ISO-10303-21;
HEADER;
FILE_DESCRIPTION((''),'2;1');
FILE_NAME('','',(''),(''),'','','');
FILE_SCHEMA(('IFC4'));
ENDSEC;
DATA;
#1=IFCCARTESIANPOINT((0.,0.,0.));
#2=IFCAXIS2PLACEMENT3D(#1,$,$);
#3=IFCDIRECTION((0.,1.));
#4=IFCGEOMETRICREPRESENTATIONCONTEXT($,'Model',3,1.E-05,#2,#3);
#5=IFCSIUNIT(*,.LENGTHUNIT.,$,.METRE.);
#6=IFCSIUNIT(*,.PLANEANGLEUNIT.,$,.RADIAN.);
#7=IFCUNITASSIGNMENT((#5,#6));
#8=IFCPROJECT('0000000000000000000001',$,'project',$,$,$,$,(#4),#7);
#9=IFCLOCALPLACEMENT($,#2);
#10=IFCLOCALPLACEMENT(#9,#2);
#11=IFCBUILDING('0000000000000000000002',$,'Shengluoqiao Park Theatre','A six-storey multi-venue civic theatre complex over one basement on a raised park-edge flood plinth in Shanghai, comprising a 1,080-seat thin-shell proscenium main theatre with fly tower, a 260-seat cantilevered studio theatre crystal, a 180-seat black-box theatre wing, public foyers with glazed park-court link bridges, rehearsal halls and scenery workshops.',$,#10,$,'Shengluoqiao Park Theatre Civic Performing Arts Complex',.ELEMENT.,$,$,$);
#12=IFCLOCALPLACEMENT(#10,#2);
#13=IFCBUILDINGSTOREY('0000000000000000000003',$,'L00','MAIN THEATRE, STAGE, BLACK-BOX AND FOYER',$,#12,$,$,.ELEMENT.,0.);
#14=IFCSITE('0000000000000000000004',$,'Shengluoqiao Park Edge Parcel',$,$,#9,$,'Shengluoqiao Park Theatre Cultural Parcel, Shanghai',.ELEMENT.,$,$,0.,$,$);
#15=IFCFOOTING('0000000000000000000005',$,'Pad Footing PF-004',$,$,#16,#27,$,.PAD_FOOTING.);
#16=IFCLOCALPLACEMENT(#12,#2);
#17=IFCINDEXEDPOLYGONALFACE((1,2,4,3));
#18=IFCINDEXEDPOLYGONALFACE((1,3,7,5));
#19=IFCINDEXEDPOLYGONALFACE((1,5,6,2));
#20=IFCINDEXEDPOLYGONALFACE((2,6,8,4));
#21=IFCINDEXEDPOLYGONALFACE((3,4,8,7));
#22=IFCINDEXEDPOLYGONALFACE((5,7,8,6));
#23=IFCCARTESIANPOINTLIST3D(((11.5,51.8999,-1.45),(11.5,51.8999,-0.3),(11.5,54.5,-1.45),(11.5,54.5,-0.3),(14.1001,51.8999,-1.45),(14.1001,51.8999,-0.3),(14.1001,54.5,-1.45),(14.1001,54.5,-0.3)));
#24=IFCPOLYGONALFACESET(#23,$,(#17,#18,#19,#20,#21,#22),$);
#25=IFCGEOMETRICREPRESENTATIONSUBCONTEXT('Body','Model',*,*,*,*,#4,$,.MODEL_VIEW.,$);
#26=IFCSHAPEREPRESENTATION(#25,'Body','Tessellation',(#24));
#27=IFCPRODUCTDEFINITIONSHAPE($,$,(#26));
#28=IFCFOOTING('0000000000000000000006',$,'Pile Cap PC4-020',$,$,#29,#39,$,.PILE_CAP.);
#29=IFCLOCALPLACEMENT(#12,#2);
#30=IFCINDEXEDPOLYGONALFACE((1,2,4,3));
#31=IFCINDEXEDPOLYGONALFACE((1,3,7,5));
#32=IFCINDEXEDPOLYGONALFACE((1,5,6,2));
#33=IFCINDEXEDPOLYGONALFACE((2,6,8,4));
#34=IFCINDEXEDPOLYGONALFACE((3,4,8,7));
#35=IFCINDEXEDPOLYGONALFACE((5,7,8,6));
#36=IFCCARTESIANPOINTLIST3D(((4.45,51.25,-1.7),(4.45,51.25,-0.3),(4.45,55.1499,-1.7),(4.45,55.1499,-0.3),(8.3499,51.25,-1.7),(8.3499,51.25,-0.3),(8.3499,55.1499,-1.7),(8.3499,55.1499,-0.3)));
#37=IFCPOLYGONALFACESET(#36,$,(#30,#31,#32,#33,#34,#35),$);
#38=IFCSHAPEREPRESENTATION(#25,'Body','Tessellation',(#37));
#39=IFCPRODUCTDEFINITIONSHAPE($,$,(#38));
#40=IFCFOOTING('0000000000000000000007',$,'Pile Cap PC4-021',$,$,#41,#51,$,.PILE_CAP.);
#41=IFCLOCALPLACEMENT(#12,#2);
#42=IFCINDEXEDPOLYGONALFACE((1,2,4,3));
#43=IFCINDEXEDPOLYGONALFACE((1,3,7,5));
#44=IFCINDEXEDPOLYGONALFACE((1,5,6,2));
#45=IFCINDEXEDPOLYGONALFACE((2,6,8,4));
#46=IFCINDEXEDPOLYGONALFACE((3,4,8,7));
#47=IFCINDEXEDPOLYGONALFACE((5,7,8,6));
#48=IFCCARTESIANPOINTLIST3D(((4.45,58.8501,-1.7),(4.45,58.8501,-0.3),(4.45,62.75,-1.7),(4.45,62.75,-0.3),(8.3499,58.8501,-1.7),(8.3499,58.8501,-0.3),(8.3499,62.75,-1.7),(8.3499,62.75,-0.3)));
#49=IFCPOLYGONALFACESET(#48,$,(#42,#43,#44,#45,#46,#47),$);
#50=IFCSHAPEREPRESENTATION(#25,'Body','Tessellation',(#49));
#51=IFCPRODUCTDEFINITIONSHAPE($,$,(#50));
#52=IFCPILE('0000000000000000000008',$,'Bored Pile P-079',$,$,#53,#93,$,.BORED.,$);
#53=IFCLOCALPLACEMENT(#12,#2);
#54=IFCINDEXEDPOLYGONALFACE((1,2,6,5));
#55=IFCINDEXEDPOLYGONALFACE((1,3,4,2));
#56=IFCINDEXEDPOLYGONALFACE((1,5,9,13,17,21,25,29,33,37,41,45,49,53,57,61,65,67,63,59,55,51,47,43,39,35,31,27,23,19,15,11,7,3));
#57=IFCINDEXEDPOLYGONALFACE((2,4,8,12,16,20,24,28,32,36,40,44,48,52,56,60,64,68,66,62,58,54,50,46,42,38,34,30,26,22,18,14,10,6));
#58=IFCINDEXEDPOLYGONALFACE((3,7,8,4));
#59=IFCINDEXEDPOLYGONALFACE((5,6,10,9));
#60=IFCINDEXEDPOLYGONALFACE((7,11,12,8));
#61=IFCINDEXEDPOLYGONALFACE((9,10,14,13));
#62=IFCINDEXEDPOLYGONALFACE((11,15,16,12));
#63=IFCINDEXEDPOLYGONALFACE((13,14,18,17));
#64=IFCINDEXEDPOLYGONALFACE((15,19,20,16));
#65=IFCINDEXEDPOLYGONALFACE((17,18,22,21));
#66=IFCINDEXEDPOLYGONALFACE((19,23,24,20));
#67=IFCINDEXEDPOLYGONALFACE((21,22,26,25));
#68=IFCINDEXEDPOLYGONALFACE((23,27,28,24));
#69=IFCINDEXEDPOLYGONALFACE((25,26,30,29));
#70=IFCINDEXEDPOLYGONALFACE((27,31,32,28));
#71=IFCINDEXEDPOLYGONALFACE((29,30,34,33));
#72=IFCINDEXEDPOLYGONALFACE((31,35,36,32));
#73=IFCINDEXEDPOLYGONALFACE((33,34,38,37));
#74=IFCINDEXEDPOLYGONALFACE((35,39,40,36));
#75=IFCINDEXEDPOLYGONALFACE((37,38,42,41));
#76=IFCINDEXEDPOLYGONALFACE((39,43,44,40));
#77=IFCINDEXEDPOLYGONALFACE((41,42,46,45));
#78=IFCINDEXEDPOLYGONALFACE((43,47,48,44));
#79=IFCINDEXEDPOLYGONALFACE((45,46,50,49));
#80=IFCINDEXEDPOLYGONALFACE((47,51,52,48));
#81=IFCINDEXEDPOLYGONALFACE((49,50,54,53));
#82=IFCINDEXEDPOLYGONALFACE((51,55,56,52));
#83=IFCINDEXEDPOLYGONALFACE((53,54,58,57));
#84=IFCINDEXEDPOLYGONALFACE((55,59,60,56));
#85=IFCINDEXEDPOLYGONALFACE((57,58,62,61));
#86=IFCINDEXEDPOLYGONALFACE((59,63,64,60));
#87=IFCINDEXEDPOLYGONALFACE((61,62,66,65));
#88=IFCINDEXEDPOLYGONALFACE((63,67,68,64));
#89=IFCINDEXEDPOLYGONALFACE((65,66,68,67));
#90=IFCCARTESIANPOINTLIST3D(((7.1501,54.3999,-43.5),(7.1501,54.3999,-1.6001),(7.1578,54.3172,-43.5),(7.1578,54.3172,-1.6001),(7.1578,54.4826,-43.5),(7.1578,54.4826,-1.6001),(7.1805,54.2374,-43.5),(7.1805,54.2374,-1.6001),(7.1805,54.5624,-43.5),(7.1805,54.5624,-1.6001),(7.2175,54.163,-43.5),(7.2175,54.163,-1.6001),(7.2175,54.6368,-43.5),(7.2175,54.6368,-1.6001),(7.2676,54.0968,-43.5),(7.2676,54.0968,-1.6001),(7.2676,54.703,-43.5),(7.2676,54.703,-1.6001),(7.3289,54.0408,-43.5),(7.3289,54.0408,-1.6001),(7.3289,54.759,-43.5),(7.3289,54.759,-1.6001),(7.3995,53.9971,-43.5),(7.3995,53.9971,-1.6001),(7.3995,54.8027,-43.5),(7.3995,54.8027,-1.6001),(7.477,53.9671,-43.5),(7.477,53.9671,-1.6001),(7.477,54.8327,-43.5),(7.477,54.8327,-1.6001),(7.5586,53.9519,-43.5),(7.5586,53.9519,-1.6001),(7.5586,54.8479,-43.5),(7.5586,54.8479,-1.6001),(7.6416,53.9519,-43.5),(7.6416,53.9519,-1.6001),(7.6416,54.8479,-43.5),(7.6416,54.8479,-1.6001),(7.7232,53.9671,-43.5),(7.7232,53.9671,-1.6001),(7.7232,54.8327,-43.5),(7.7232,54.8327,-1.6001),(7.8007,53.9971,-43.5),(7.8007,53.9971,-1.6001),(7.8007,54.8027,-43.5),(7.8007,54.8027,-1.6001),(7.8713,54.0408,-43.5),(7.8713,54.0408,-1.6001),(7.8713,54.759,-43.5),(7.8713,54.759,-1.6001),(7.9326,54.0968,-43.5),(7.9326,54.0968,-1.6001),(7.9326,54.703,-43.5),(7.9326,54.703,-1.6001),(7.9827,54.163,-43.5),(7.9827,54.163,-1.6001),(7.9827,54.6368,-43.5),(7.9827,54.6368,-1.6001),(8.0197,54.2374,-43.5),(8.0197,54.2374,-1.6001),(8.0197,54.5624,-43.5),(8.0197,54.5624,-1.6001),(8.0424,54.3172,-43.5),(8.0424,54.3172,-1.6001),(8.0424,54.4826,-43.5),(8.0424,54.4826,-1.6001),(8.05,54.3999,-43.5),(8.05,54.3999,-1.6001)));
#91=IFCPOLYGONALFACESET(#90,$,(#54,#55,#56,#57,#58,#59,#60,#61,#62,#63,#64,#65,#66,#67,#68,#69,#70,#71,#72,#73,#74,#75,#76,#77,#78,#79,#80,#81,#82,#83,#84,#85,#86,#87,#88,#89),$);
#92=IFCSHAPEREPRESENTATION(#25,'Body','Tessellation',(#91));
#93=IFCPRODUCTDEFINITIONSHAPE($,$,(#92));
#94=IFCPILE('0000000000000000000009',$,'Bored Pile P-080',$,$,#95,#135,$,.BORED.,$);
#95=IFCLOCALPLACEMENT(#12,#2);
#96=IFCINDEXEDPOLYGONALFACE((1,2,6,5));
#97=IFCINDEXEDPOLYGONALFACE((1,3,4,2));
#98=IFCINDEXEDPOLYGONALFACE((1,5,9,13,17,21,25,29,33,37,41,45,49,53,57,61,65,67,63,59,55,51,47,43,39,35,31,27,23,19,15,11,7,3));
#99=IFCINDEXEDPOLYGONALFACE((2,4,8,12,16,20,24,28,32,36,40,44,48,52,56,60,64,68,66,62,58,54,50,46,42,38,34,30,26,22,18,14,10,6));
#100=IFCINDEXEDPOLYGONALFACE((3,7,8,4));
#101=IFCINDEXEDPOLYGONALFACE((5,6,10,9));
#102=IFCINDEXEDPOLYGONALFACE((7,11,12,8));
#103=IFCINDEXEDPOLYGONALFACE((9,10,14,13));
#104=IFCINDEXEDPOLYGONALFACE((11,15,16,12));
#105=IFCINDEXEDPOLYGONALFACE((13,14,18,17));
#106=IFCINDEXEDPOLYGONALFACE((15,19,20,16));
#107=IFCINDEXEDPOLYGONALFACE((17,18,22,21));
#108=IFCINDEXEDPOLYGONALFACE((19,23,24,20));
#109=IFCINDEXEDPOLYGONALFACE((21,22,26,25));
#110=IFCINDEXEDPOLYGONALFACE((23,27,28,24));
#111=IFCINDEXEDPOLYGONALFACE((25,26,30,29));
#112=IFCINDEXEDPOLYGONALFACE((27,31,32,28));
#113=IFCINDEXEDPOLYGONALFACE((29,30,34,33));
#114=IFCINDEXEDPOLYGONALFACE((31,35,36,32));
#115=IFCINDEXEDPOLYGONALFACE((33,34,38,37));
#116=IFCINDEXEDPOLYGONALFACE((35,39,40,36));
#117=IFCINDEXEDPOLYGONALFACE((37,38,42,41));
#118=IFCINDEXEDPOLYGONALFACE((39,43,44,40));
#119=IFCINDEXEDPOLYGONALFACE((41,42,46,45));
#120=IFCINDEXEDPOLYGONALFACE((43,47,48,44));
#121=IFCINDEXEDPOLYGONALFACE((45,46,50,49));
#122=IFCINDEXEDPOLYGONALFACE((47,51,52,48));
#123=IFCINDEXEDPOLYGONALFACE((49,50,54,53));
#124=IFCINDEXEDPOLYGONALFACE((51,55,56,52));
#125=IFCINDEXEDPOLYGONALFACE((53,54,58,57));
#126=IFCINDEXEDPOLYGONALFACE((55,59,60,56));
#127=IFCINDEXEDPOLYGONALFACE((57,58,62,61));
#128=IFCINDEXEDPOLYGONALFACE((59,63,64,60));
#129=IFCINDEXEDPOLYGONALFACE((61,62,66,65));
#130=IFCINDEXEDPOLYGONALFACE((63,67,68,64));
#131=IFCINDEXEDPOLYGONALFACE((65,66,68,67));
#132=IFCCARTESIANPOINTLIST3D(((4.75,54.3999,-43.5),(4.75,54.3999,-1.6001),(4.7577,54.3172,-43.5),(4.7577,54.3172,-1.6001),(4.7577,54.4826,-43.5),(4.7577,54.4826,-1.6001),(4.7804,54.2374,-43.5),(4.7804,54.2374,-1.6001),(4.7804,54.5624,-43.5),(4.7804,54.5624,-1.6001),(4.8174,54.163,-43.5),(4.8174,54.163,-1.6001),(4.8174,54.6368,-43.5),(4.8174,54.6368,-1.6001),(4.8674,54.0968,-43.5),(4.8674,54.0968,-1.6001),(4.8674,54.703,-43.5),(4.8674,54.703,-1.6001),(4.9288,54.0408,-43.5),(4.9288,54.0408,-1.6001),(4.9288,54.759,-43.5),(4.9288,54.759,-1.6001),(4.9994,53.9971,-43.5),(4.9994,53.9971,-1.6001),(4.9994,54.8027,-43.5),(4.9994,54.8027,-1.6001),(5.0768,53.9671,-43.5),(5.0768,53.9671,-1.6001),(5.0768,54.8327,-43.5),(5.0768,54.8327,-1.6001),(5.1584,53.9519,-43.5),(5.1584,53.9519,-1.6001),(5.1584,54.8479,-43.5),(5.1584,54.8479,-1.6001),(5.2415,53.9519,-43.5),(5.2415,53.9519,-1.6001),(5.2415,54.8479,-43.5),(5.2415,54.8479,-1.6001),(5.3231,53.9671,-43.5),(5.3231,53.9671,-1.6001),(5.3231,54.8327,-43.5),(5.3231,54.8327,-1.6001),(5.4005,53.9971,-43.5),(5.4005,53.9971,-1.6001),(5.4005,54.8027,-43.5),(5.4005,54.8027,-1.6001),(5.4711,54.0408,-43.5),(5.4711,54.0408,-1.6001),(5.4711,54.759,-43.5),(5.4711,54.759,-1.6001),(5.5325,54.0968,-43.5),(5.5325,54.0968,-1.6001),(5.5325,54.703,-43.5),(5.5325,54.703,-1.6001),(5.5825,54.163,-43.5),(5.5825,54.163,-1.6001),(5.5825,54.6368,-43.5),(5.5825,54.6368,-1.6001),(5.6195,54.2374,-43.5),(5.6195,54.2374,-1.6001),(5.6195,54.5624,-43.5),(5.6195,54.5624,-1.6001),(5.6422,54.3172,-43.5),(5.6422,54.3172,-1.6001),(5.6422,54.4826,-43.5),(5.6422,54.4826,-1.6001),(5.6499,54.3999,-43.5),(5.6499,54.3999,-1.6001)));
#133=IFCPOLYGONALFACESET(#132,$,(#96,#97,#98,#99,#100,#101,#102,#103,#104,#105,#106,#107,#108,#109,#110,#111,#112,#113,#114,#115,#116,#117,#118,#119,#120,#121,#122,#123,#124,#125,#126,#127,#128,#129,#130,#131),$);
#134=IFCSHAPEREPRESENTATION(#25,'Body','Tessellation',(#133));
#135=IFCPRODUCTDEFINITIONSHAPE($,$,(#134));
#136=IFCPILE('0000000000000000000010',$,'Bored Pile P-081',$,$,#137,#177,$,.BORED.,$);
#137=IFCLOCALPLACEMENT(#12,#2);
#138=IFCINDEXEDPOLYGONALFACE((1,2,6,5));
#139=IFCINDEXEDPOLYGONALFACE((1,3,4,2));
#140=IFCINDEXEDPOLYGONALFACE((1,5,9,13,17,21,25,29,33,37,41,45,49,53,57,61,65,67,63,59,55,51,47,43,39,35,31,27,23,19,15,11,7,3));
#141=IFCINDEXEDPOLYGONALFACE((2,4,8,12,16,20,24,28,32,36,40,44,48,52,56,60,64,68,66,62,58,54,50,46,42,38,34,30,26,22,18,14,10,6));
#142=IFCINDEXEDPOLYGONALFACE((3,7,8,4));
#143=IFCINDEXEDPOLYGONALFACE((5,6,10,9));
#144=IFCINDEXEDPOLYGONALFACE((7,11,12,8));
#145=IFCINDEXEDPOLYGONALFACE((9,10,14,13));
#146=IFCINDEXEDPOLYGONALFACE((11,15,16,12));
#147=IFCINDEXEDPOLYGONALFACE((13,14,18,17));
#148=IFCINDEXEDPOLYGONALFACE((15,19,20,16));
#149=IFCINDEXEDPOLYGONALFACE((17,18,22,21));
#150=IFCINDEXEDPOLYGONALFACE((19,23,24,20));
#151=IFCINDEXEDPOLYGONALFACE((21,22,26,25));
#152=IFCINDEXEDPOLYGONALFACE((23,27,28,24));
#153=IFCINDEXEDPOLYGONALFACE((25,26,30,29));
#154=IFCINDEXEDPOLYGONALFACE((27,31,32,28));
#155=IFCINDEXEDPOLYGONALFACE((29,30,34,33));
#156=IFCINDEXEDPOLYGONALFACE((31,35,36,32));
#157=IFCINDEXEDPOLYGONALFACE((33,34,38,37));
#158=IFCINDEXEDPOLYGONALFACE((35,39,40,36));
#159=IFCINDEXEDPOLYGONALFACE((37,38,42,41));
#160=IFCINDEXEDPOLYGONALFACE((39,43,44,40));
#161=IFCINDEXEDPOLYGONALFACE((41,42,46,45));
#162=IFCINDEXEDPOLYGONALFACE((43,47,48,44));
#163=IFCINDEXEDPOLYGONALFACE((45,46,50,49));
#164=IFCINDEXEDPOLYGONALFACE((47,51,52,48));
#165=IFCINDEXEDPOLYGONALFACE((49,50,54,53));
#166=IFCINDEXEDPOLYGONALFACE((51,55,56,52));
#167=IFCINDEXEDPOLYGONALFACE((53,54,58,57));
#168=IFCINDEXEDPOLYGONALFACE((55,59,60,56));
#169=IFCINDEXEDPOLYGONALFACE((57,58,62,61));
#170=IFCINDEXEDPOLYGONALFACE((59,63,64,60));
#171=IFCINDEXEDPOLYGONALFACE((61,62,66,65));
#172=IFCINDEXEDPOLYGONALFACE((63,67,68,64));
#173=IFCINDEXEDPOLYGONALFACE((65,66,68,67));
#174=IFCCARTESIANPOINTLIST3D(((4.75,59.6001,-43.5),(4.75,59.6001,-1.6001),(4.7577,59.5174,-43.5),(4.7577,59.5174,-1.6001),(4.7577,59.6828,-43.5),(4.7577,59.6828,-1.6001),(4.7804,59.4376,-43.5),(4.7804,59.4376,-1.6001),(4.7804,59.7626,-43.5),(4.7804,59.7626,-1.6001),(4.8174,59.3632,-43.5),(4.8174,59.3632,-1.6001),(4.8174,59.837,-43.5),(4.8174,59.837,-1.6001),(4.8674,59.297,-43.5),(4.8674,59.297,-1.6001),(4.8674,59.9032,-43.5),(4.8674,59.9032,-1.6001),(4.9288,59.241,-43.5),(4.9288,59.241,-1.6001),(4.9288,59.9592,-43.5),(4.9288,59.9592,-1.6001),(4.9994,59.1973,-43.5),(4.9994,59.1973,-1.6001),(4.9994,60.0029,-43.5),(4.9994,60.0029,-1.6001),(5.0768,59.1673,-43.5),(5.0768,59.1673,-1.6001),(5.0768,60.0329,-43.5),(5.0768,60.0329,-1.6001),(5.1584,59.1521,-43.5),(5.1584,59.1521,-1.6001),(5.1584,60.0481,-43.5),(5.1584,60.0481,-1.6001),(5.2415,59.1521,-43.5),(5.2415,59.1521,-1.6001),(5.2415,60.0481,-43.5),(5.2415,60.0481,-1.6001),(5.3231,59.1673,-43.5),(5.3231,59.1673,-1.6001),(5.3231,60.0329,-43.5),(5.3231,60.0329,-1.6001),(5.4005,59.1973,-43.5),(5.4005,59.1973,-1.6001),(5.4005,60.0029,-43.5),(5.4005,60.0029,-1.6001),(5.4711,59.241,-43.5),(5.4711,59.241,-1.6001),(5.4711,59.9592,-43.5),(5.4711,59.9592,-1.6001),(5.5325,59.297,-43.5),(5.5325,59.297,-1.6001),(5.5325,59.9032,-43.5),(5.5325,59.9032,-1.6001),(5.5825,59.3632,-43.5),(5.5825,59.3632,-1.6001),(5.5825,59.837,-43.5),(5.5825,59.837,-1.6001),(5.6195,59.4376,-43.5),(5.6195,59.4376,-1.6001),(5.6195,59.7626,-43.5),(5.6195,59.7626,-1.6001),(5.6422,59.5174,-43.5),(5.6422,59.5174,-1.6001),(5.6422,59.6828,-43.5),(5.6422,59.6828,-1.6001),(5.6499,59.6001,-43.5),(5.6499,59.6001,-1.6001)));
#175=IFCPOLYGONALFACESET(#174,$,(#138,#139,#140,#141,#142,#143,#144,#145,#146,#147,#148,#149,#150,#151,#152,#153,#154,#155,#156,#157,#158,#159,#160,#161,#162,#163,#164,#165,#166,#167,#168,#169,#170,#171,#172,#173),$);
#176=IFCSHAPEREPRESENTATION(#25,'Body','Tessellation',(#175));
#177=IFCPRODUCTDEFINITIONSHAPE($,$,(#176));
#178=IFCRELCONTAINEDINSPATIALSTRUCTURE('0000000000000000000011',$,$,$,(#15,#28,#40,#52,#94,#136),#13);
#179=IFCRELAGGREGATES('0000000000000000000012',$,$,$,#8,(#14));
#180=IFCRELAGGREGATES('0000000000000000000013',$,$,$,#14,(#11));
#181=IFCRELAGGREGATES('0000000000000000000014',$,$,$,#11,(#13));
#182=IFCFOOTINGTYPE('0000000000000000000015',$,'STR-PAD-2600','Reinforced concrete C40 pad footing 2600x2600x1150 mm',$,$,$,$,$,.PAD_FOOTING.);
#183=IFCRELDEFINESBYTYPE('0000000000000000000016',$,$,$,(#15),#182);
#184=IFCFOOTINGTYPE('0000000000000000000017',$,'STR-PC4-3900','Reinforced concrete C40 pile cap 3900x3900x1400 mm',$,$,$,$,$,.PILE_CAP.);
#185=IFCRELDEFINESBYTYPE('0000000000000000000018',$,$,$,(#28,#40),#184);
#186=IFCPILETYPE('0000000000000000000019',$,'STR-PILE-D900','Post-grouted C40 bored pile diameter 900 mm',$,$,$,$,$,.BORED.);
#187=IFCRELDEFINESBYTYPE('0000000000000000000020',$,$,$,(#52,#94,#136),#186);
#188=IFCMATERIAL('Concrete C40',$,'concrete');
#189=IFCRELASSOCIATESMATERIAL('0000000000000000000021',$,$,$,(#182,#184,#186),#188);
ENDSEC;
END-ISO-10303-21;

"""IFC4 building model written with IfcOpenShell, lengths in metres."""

from ifc_helpers import new_model, si_unit, direction, frame, origin, origin_2d, place, context, subcontext, project, spatial, rectangle, circle, extrude, material, material_profile, profile_set, type_object, element, save


model = new_model("IFC4")

# Units and contexts
model_context = context("Model", 3, precision=1e-05, world=origin(), true_north=direction((0.0, 1.0)))
body_context = subcontext(model_context, "Body", "Model", "MODEL_VIEW")
ifc_project = project(units=[si_unit("LENGTHUNIT", "METRE"), si_unit("PLANEANGLEUNIT", "RADIAN")], contexts=[model_context])

# Site, building, storey
site_placement = place(None, origin())
site = spatial("IfcSite", under=ifc_project, at=site_placement, Name="Shengluoqiao Park Edge Parcel", LongName="Shengluoqiao Park Theatre Cultural Parcel, Shanghai", CompositionType="ELEMENT", RefElevation=0.0)
building_placement = place(site_placement, origin())
building = spatial("IfcBuilding", under=site, at=building_placement, Name="Shengluoqiao Park Theatre", Description="A six-storey multi-venue civic theatre complex over one basement on a raised park-edge flood plinth in Shanghai, comprising a 1,080-seat thin-shell proscenium main theatre with fly tower, a 260-seat cantilevered studio theatre crystal, a 180-seat black-box theatre wing, public foyers with glazed park-court link bridges, rehearsal halls and scenery workshops.", LongName="Shengluoqiao Park Theatre Civic Performing Arts Complex", CompositionType="ELEMENT")
storey_placement = place(building_placement, origin())
storey = spatial("IfcBuildingStorey", under=building, at=storey_placement, Name="L00", Description="MAIN THEATRE, STAGE, BLACK-BOX AND FOYER", CompositionType="ELEMENT", Elevation=0.0)

# Footings
ifc_material_1 = material(Name="Concrete C40", Category="concrete")
footing_type_1 = type_object("IfcFootingType", Name="STR-PAD-2600", Description="Reinforced concrete C40 pad footing 2600x2600x1150 mm", PredefinedType="PAD_FOOTING", material=ifc_material_1)
footing_1_placement = place(storey_placement, frame((12.8, 53.2, -1.45), z_axis=(0.0, 0.0, 1.0), x_axis=(1.0, 0.0, 0.0)))
element("IfcFooting", 1, at=footing_1_placement, inside=storey, type_object=footing_type_1, Name="Pad Footing PF-004", PredefinedType="PAD_FOOTING", context=body_context, shape_type="SweptSolid", body=[
    extrude(rectangle(XDim=2.6001, YDim=2.6001, at=origin_2d()), origin(), (0.0, 0.0, 1.0), 1.1499),
])
footing_type_2 = type_object("IfcFootingType", Name="STR-PC4-3900", Description="Reinforced concrete C40 pile cap 3900x3900x1400 mm", PredefinedType="PILE_CAP", material=ifc_material_1)
for number, where, z_axis, x_axis, name in (
    (2, (6.3999, 53.2, -1.7), (0.0, 0.0, 1.0), (1.0, 0.0, 0.0), "Pile Cap PC4-020"),
    (3, (6.3999, 60.8, -1.7), (0.0, 0.0, 1.0), (1.0, 0.0, 0.0), "Pile Cap PC4-021"),
):
    element("IfcFooting", number, at=place(storey_placement, frame(where, z_axis=z_axis, x_axis=x_axis)), inside=storey, type_object=footing_type_2, Name=name, PredefinedType="PILE_CAP", context=body_context, shape_type="SweptSolid", body=[
        extrude(rectangle(XDim=3.8999, YDim=3.8999, at=origin_2d()), origin(), (0.0, 0.0, 1.0), 1.3999),
    ])

# Piles
ifc_material_profile_1 = material_profile(ifc_material_1, circle(Radius=0.45, at=origin_2d()), Name="BORED PILE D900")
ifc_profile_set_1 = profile_set([ifc_material_profile_1], Name="Concrete C40")
pile_type = type_object("IfcPileType", Name="STR-PILE-D900", Description="Post-grouted C40 bored pile diameter 900 mm", PredefinedType="BORED", material=ifc_profile_set_1)
for number, where, z_axis, x_axis, name in (
    (4, (7.6001, 54.3999, -1.6001), (0.0, 0.0, -1.0), (1.0, 0.0, 0.0), "Bored Pile P-079"),
    (5, (5.2, 54.3999, -1.6001), (0.0, 0.0, -1.0), (1.0, 0.0, 0.0), "Bored Pile P-080"),
    (6, (5.2, 59.6001, -1.6001), (0.0, 0.0, -1.0), (1.0, 0.0, 0.0), "Bored Pile P-081"),
):
    element("IfcPile", number, at=place(storey_placement, frame(where, z_axis=z_axis, x_axis=x_axis)), inside=storey, type_object=pile_type, Name=name, PredefinedType="BORED", context=body_context, shape_type="SweptSolid", body=[
        extrude(circle(Radius=0.45, at=origin_2d()), origin(), (0.0, 0.0, 1.0), 41.8999),
    ])

save(model, "model.ifc")
